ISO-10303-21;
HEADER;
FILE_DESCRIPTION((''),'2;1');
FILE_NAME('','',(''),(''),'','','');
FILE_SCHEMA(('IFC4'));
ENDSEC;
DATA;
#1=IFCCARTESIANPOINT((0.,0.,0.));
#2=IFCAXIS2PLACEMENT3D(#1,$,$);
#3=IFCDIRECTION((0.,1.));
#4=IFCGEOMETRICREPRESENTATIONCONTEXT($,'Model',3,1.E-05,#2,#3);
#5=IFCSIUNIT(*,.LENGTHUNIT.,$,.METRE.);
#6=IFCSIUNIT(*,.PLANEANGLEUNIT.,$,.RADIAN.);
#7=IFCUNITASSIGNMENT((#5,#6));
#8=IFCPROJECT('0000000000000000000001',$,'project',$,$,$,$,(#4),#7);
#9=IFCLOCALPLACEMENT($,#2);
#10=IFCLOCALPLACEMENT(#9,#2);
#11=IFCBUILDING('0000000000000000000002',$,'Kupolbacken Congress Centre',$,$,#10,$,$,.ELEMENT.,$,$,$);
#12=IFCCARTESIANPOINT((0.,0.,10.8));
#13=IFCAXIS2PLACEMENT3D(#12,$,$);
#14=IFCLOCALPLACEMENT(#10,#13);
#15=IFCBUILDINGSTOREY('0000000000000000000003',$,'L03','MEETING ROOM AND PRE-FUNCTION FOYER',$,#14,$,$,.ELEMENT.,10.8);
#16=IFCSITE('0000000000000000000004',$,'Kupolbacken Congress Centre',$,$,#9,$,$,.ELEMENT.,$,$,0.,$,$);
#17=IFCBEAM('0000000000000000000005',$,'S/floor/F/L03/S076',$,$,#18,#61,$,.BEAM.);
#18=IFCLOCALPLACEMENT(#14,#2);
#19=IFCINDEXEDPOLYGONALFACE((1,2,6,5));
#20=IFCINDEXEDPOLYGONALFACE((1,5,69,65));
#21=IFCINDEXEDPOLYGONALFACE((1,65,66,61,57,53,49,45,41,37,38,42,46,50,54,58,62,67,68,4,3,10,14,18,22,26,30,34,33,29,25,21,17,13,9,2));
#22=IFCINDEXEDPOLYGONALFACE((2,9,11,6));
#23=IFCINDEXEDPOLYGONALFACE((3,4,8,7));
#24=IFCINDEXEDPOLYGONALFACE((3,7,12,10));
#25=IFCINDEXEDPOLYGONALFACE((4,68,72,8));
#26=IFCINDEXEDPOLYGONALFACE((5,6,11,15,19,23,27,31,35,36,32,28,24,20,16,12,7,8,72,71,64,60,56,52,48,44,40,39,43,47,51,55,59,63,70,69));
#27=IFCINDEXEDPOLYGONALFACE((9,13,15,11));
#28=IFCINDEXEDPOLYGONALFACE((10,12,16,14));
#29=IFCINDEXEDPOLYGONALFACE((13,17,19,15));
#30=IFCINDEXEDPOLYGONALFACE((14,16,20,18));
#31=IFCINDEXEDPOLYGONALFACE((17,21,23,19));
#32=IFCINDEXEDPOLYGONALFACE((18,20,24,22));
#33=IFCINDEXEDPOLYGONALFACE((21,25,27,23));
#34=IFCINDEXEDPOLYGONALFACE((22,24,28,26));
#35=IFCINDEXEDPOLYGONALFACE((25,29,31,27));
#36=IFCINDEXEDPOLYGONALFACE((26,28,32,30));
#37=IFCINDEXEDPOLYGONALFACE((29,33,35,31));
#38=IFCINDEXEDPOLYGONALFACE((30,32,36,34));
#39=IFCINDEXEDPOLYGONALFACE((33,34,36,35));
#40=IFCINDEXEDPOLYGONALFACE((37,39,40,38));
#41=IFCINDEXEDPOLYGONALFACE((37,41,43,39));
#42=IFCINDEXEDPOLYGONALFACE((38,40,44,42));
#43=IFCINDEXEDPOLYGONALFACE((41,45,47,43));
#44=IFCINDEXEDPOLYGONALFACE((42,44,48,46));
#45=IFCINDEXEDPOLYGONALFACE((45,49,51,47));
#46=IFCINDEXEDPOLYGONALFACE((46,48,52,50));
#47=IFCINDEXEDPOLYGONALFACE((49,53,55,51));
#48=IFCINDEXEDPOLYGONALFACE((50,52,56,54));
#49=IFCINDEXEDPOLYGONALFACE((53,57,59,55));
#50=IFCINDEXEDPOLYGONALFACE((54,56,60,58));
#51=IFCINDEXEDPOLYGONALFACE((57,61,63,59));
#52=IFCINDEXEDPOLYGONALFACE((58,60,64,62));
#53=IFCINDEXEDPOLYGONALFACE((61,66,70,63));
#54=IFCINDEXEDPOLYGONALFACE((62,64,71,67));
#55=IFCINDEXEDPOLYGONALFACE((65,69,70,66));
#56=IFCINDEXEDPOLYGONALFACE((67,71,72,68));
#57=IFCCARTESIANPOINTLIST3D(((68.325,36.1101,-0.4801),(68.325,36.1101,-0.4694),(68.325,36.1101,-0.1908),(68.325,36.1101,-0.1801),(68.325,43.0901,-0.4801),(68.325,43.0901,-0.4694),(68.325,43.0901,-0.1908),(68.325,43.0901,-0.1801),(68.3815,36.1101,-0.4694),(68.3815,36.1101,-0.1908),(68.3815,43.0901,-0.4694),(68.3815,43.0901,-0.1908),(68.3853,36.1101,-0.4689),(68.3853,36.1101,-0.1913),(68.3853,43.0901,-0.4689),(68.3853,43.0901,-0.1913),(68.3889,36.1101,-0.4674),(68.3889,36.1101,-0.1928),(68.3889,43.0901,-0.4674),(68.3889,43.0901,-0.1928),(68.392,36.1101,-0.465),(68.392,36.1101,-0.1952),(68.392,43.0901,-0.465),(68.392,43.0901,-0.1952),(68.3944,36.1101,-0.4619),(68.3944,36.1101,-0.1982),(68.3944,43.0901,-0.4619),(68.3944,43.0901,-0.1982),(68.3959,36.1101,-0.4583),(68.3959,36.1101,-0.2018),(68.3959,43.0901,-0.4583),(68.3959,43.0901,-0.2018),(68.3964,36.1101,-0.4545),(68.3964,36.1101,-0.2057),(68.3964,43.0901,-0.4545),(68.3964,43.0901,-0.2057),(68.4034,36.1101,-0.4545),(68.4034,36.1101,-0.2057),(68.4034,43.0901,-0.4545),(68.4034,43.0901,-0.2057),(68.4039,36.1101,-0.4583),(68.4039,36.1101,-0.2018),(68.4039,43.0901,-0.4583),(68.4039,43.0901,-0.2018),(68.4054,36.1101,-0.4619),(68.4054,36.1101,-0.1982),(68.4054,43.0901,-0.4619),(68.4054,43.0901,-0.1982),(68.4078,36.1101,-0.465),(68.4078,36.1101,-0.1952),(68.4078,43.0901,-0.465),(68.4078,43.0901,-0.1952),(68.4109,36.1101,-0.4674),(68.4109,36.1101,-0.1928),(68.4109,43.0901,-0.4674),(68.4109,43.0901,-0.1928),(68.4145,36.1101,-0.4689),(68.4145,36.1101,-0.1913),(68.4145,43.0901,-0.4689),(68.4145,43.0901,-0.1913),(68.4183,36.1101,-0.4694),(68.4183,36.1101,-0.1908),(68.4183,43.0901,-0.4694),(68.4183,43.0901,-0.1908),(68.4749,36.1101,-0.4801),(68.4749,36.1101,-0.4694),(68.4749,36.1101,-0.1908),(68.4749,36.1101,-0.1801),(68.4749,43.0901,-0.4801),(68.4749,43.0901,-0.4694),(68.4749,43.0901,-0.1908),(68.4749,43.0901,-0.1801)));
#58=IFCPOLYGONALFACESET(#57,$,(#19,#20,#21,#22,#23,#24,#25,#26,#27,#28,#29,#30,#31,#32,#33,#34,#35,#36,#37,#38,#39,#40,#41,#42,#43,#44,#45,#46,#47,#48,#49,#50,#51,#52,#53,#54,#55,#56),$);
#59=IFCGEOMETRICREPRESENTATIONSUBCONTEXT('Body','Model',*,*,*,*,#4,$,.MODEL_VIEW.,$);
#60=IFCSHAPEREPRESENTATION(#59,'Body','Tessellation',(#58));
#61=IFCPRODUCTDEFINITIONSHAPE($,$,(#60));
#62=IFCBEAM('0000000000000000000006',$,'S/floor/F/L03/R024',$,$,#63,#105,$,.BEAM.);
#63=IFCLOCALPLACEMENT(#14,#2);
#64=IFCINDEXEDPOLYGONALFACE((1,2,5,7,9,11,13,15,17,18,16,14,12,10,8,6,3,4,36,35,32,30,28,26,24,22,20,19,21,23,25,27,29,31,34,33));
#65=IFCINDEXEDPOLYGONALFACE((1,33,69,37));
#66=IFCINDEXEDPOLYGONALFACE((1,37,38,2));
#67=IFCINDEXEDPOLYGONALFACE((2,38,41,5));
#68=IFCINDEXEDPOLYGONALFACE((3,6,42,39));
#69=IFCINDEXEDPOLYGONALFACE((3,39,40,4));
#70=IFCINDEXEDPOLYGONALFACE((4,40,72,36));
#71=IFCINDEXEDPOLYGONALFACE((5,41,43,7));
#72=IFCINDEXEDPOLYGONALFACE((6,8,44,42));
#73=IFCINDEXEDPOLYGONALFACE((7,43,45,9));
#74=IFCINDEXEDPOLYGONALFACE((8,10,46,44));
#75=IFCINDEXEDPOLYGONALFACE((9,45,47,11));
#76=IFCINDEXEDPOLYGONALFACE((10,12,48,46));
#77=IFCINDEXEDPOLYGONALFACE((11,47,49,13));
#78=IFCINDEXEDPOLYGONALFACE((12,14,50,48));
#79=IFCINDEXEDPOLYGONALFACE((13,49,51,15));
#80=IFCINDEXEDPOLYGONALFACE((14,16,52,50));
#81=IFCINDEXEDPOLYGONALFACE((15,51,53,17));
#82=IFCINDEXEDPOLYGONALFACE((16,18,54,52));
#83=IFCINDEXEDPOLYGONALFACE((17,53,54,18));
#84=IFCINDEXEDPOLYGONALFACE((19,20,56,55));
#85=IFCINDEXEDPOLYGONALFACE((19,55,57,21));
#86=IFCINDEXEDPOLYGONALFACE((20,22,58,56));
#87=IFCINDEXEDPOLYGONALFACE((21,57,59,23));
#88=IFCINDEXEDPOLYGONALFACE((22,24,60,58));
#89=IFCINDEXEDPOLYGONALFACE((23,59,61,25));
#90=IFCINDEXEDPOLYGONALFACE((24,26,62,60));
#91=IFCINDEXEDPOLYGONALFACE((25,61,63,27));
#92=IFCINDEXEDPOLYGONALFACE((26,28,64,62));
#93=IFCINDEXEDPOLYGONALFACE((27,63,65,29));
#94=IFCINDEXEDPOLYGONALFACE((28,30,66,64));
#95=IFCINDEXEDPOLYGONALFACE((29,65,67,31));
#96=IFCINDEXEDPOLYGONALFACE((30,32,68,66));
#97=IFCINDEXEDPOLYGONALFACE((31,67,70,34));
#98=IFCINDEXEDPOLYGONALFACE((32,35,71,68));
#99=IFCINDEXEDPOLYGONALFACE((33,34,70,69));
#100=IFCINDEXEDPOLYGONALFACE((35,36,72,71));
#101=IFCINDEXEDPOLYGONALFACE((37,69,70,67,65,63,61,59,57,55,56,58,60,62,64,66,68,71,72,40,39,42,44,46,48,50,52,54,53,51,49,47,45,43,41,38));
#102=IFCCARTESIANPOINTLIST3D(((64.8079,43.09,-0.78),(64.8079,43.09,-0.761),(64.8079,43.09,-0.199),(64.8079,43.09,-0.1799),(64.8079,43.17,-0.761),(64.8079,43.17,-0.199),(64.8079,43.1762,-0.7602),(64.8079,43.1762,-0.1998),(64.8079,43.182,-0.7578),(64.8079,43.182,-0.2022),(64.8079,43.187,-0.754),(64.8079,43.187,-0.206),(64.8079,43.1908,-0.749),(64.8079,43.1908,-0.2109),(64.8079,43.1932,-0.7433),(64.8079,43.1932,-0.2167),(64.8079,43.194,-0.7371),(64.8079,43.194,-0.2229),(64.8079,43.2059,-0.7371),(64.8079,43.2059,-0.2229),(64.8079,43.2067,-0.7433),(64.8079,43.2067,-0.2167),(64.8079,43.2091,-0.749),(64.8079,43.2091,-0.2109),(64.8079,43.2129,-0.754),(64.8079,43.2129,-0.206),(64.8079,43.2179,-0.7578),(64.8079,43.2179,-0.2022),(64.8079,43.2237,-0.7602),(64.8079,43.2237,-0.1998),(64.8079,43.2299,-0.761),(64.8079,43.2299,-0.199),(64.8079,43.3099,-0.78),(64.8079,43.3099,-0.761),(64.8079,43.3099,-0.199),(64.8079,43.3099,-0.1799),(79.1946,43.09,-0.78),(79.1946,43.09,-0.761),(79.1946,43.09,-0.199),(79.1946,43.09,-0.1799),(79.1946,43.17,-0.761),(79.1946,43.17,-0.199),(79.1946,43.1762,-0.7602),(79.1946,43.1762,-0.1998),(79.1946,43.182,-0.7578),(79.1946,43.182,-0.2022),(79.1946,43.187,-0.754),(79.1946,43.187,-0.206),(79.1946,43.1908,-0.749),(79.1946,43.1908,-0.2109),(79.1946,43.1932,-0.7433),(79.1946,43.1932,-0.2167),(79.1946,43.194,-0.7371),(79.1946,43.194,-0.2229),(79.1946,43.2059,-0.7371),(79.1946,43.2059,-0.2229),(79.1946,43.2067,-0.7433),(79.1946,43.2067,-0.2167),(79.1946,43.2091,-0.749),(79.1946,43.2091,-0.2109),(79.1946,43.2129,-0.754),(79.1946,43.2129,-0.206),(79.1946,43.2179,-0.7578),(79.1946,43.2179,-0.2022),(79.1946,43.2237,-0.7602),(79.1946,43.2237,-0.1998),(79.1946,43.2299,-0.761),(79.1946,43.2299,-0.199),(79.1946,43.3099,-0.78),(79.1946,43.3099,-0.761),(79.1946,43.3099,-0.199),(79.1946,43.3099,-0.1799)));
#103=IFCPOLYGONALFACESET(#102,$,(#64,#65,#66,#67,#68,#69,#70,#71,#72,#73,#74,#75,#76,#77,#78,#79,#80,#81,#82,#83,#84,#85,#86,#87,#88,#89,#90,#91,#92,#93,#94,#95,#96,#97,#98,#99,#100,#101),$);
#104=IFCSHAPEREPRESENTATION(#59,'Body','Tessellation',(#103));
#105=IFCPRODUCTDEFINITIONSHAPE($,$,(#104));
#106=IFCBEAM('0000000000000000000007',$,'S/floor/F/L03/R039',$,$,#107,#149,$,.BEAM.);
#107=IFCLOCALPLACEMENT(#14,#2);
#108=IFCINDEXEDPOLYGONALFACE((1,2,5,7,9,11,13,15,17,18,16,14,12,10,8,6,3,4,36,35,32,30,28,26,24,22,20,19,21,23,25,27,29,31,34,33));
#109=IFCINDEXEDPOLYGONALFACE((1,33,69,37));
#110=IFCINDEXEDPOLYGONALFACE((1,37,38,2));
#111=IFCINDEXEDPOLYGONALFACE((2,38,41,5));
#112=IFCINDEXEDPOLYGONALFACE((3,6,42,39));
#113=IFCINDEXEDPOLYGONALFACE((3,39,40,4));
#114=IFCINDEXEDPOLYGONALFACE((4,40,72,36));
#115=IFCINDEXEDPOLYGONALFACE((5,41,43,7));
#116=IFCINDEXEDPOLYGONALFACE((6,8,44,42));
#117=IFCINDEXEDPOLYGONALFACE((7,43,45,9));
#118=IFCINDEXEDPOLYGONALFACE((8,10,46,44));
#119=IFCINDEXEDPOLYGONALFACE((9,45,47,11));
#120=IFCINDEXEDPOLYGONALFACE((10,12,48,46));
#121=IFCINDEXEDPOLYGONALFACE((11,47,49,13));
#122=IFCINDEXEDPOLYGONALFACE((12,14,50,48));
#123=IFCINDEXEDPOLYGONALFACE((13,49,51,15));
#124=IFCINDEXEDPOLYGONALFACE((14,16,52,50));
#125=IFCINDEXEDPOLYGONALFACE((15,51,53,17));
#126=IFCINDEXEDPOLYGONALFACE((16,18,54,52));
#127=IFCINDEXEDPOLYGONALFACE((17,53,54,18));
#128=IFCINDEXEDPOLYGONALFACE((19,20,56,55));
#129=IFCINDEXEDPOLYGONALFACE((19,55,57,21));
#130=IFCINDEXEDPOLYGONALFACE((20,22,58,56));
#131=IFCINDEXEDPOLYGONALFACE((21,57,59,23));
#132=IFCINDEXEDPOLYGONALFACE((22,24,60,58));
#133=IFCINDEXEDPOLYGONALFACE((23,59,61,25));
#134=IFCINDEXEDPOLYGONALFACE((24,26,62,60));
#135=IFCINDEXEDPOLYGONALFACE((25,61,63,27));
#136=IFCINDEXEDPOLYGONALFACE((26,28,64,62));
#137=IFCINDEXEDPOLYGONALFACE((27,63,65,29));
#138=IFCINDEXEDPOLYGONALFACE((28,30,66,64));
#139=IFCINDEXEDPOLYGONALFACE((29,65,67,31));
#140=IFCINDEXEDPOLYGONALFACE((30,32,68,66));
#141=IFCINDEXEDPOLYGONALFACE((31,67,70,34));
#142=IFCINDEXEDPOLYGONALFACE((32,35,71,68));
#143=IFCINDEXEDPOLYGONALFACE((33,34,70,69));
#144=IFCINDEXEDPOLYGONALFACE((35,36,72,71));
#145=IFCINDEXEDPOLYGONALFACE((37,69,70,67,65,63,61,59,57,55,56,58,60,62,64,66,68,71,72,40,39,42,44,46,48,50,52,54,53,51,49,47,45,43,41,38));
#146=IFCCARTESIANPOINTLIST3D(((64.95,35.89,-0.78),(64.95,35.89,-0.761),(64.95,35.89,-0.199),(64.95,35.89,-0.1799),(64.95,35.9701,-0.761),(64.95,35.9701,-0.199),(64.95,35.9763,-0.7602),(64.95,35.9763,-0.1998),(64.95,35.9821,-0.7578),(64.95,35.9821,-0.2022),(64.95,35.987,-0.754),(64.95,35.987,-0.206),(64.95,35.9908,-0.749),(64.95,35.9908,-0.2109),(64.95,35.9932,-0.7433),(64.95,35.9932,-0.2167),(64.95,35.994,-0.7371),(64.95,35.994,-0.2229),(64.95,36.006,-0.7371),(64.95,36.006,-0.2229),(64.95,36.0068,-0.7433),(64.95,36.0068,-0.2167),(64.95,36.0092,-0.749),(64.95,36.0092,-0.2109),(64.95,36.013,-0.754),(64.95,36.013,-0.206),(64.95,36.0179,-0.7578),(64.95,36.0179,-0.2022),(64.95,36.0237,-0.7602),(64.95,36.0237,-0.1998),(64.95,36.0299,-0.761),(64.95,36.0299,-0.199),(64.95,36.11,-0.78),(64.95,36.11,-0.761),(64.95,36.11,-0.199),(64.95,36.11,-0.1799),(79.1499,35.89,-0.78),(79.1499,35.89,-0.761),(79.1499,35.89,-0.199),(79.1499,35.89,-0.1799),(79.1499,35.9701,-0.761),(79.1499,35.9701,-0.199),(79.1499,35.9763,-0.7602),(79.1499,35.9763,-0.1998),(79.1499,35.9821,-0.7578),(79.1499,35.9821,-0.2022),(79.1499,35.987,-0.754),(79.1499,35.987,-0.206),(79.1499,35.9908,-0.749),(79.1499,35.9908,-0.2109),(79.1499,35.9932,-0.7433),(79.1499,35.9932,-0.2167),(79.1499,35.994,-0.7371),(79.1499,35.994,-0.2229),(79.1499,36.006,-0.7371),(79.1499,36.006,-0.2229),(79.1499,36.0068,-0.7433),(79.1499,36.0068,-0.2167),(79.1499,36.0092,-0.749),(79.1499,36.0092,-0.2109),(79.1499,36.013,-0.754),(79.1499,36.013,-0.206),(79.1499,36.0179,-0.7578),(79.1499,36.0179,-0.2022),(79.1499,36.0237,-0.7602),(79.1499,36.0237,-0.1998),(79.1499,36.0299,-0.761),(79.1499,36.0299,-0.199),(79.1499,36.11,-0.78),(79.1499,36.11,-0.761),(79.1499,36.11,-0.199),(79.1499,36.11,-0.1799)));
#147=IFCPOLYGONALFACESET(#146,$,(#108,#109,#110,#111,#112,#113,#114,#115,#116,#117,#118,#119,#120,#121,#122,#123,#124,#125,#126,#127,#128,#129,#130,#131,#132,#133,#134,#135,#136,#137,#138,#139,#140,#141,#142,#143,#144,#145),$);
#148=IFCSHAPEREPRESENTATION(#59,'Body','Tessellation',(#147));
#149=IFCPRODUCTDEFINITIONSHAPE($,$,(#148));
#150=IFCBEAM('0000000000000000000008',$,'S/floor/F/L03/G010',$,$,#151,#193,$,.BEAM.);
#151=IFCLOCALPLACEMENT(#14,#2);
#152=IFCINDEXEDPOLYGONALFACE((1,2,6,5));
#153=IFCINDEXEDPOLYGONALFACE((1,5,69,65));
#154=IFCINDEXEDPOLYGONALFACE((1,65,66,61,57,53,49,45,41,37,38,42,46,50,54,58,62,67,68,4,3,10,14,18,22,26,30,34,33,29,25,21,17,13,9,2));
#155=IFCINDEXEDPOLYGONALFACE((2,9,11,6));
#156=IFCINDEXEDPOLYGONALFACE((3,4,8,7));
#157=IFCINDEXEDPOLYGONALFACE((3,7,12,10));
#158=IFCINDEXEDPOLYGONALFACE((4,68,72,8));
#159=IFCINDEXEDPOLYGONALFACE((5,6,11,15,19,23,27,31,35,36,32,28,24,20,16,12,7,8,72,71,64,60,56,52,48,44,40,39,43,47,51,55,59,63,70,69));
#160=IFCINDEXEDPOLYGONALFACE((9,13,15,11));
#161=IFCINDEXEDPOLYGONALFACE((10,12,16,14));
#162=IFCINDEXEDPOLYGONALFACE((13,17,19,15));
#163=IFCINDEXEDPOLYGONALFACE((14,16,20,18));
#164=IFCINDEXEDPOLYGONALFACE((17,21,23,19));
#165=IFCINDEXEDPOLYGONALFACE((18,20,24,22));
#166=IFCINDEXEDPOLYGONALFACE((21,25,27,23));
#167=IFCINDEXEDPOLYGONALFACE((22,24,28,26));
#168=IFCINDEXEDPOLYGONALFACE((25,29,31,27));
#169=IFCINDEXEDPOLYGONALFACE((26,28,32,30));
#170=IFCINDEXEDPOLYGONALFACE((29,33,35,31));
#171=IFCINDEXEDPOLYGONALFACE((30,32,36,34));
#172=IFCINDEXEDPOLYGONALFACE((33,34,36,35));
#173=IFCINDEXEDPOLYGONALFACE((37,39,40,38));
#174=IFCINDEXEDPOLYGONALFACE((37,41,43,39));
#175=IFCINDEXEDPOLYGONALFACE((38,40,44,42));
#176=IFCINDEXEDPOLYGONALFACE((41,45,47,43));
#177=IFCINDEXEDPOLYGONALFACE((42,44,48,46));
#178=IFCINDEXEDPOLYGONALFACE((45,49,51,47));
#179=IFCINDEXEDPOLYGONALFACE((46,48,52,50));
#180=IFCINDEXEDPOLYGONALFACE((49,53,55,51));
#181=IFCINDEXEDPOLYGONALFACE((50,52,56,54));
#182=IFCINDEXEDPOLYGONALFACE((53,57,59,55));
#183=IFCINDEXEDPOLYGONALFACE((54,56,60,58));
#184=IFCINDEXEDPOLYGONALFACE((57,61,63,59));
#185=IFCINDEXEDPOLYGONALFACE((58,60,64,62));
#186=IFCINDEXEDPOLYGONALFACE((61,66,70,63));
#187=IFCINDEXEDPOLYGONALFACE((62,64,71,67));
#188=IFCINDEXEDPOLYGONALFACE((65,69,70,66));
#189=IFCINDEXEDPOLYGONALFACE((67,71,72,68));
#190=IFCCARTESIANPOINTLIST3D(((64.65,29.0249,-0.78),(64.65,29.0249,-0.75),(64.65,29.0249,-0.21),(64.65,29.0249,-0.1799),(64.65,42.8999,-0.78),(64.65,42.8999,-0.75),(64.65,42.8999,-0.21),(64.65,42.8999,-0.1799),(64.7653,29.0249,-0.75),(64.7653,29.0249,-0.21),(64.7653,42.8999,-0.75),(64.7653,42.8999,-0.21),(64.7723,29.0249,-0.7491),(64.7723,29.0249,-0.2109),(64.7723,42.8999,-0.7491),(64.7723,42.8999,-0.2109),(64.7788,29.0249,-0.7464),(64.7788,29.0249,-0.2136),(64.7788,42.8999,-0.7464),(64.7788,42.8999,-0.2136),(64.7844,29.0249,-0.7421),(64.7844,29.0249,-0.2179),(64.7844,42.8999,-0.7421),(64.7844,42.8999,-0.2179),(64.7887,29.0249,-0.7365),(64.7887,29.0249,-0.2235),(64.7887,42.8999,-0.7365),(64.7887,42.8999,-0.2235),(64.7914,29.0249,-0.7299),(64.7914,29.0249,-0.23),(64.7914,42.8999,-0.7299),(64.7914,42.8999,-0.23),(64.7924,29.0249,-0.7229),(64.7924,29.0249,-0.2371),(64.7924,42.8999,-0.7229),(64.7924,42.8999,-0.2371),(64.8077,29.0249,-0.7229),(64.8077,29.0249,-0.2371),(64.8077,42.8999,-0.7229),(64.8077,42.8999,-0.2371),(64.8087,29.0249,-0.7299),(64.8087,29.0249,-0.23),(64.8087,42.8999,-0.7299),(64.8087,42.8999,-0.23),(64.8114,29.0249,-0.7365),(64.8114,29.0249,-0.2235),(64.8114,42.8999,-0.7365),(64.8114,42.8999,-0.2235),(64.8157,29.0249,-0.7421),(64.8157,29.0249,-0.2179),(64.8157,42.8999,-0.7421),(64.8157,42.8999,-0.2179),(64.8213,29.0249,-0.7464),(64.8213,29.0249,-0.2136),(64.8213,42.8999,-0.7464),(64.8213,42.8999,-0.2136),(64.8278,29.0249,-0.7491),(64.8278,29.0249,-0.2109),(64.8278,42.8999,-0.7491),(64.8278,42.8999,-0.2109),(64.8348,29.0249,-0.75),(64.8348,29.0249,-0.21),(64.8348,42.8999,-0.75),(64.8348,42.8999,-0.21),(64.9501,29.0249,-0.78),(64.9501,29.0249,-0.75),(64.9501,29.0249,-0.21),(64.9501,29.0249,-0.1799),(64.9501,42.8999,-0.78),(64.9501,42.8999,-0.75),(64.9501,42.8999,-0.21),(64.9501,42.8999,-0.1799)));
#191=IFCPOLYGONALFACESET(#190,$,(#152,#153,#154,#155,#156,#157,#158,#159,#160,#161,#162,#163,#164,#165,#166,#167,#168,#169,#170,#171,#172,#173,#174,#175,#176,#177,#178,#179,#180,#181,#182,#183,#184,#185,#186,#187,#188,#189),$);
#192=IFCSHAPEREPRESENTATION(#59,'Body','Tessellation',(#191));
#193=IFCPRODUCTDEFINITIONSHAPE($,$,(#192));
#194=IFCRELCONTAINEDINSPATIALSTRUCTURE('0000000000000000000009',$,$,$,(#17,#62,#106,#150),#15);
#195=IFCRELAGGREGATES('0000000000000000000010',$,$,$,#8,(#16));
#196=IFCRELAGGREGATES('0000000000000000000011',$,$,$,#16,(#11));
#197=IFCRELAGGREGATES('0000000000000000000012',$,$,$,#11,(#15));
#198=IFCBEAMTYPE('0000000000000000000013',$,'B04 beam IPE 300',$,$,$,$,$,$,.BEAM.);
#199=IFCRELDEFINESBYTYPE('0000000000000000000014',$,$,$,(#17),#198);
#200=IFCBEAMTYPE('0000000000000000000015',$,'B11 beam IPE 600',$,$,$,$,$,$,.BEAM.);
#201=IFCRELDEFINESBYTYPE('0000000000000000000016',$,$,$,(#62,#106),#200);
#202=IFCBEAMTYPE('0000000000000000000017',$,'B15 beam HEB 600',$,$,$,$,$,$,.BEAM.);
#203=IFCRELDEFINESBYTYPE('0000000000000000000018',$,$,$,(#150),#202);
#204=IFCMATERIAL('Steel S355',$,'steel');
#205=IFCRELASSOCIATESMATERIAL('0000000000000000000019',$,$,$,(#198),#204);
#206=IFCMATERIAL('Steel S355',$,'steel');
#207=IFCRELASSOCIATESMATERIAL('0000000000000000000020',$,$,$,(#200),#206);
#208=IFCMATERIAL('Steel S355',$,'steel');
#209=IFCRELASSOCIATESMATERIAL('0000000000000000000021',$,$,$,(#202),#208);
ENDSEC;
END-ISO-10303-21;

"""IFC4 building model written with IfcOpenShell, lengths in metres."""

from ifc_helpers import new_model, si_unit, direction, frame, origin, origin_2d, place, context, subcontext, project, spatial, i_section, extrude, material, material_profile, profile_set, type_object, element, save


model = new_model("IFC4")

# Units and contexts
model_context = context("Model", 3, precision=1e-05, world=origin(), true_north=direction((0.0, 1.0)))
body_context = subcontext(model_context, "Body", "Model", "MODEL_VIEW")
ifc_project = project(units=[si_unit("LENGTHUNIT", "METRE"), si_unit("PLANEANGLEUNIT", "RADIAN")], contexts=[model_context])

# Site, building, storey
site_placement = place(None, origin())
site = spatial("IfcSite", under=ifc_project, at=site_placement, Name="Kupolbacken Congress Centre", CompositionType="ELEMENT", RefElevation=0.0)
building_placement = place(site_placement, origin())
building = spatial("IfcBuilding", under=site, at=building_placement, Name="Kupolbacken Congress Centre", CompositionType="ELEMENT")
storey_placement = place(building_placement, frame((0.0, 0.0, 10.8)))
storey = spatial("IfcBuildingStorey", under=building, at=storey_placement, Name="L03", Description="MEETING ROOM AND PRE-FUNCTION FOYER", CompositionType="ELEMENT", Elevation=10.8)

# Beams
ifc_material_1 = material(Name="Steel S355", Category="steel")
ifc_material_profile_1 = material_profile(ifc_material_1, i_section(OverallWidth=0.1499, OverallDepth=0.3, WebThickness=0.0071, FlangeThickness=0.0107, FilletRadius=0.0149, at=origin_2d()), Name="IPE 300")
ifc_profile_set_1 = profile_set([ifc_material_profile_1], Name="Steel S355")
beam_type_1 = type_object("IfcBeamType", Name="B04 beam IPE 300", PredefinedType="BEAM", material=ifc_profile_set_1)
beam_1_placement = place(storey_placement, frame((68.3999, 36.1101, -0.3301), z_axis=(0.0, 1.0, 0.0), x_axis=(-1.0, 0.0, 0.0)))
element("IfcBeam", 1, at=beam_1_placement, inside=storey, type_object=beam_type_1, Name="S/floor/F/L03/S076", PredefinedType="BEAM", context=body_context, shape_type="SweptSolid", body=[
    extrude(i_section(OverallWidth=0.1499, OverallDepth=0.3, WebThickness=0.0071, FlangeThickness=0.0107, FilletRadius=0.0149, at=origin_2d()), origin(), (0.0, 0.0, 1.0), 6.98),
])
ifc_material_2 = material(Name="Steel S355", Category="steel")
ifc_material_profile_2 = material_profile(ifc_material_2, i_section(OverallWidth=0.22, OverallDepth=0.6001, WebThickness=0.012, FlangeThickness=0.019, FilletRadius=0.0239, at=origin_2d()), Name="IPE 600")
ifc_profile_set_2 = profile_set([ifc_material_profile_2], Name="Steel S355")
beam_type_2 = type_object("IfcBeamType", Name="B11 beam IPE 600", PredefinedType="BEAM", material=ifc_profile_set_2)
beam_2_placement = place(storey_placement, frame((64.8079, 43.2, -0.48), z_axis=(1.0, 0.0, 0.0), x_axis=(0.0, 1.0, 0.0)))
element("IfcBeam", 2, at=beam_2_placement, inside=storey, type_object=beam_type_2, Name="S/floor/F/L03/R024", PredefinedType="BEAM", context=body_context, shape_type="SweptSolid", body=[
    extrude(i_section(OverallWidth=0.22, OverallDepth=0.6001, WebThickness=0.012, FlangeThickness=0.019, FilletRadius=0.0239, at=origin_2d()), origin(), (0.0, 0.0, 1.0), 14.3867),
])
beam_3_placement = place(storey_placement, frame((64.95, 36.0, -0.48), z_axis=(1.0, 0.0, 0.0), x_axis=(0.0, 1.0, 0.0)))
element("IfcBeam", 3, at=beam_3_placement, inside=storey, type_object=beam_type_2, Name="S/floor/F/L03/R039", PredefinedType="BEAM", context=body_context, shape_type="SweptSolid", body=[
    extrude(i_section(OverallWidth=0.22, OverallDepth=0.6001, WebThickness=0.012, FlangeThickness=0.019, FilletRadius=0.0239, at=origin_2d()), origin(), (0.0, 0.0, 1.0), 14.2),
])
ifc_material_3 = material(Name="Steel S355", Category="steel")
ifc_material_profile_3 = material_profile(ifc_material_3, i_section(OverallWidth=0.3, OverallDepth=0.6001, WebThickness=0.0154, FlangeThickness=0.03, FilletRadius=0.0271, at=origin_2d()), Name="HEB 600")
ifc_profile_set_3 = profile_set([ifc_material_profile_3], Name="Steel S355")
beam_type_3 = type_object("IfcBeamType", Name="B15 beam HEB 600", PredefinedType="BEAM", material=ifc_profile_set_3)
beam_4_placement = place(storey_placement, frame((64.8, 29.0249, -0.48), z_axis=(0.0, 1.0, 0.0), x_axis=(-1.0, 0.0, 0.0)))
element("IfcBeam", 4, at=beam_4_placement, inside=storey, type_object=beam_type_3, Name="S/floor/F/L03/G010", PredefinedType="BEAM", context=body_context, shape_type="SweptSolid", body=[
    extrude(i_section(OverallWidth=0.3, OverallDepth=0.6001, WebThickness=0.0154, FlangeThickness=0.03, FilletRadius=0.0271, at=origin_2d()), origin(), (0.0, 0.0, 1.0), 13.875),
])

save(model, "model.ifc")
